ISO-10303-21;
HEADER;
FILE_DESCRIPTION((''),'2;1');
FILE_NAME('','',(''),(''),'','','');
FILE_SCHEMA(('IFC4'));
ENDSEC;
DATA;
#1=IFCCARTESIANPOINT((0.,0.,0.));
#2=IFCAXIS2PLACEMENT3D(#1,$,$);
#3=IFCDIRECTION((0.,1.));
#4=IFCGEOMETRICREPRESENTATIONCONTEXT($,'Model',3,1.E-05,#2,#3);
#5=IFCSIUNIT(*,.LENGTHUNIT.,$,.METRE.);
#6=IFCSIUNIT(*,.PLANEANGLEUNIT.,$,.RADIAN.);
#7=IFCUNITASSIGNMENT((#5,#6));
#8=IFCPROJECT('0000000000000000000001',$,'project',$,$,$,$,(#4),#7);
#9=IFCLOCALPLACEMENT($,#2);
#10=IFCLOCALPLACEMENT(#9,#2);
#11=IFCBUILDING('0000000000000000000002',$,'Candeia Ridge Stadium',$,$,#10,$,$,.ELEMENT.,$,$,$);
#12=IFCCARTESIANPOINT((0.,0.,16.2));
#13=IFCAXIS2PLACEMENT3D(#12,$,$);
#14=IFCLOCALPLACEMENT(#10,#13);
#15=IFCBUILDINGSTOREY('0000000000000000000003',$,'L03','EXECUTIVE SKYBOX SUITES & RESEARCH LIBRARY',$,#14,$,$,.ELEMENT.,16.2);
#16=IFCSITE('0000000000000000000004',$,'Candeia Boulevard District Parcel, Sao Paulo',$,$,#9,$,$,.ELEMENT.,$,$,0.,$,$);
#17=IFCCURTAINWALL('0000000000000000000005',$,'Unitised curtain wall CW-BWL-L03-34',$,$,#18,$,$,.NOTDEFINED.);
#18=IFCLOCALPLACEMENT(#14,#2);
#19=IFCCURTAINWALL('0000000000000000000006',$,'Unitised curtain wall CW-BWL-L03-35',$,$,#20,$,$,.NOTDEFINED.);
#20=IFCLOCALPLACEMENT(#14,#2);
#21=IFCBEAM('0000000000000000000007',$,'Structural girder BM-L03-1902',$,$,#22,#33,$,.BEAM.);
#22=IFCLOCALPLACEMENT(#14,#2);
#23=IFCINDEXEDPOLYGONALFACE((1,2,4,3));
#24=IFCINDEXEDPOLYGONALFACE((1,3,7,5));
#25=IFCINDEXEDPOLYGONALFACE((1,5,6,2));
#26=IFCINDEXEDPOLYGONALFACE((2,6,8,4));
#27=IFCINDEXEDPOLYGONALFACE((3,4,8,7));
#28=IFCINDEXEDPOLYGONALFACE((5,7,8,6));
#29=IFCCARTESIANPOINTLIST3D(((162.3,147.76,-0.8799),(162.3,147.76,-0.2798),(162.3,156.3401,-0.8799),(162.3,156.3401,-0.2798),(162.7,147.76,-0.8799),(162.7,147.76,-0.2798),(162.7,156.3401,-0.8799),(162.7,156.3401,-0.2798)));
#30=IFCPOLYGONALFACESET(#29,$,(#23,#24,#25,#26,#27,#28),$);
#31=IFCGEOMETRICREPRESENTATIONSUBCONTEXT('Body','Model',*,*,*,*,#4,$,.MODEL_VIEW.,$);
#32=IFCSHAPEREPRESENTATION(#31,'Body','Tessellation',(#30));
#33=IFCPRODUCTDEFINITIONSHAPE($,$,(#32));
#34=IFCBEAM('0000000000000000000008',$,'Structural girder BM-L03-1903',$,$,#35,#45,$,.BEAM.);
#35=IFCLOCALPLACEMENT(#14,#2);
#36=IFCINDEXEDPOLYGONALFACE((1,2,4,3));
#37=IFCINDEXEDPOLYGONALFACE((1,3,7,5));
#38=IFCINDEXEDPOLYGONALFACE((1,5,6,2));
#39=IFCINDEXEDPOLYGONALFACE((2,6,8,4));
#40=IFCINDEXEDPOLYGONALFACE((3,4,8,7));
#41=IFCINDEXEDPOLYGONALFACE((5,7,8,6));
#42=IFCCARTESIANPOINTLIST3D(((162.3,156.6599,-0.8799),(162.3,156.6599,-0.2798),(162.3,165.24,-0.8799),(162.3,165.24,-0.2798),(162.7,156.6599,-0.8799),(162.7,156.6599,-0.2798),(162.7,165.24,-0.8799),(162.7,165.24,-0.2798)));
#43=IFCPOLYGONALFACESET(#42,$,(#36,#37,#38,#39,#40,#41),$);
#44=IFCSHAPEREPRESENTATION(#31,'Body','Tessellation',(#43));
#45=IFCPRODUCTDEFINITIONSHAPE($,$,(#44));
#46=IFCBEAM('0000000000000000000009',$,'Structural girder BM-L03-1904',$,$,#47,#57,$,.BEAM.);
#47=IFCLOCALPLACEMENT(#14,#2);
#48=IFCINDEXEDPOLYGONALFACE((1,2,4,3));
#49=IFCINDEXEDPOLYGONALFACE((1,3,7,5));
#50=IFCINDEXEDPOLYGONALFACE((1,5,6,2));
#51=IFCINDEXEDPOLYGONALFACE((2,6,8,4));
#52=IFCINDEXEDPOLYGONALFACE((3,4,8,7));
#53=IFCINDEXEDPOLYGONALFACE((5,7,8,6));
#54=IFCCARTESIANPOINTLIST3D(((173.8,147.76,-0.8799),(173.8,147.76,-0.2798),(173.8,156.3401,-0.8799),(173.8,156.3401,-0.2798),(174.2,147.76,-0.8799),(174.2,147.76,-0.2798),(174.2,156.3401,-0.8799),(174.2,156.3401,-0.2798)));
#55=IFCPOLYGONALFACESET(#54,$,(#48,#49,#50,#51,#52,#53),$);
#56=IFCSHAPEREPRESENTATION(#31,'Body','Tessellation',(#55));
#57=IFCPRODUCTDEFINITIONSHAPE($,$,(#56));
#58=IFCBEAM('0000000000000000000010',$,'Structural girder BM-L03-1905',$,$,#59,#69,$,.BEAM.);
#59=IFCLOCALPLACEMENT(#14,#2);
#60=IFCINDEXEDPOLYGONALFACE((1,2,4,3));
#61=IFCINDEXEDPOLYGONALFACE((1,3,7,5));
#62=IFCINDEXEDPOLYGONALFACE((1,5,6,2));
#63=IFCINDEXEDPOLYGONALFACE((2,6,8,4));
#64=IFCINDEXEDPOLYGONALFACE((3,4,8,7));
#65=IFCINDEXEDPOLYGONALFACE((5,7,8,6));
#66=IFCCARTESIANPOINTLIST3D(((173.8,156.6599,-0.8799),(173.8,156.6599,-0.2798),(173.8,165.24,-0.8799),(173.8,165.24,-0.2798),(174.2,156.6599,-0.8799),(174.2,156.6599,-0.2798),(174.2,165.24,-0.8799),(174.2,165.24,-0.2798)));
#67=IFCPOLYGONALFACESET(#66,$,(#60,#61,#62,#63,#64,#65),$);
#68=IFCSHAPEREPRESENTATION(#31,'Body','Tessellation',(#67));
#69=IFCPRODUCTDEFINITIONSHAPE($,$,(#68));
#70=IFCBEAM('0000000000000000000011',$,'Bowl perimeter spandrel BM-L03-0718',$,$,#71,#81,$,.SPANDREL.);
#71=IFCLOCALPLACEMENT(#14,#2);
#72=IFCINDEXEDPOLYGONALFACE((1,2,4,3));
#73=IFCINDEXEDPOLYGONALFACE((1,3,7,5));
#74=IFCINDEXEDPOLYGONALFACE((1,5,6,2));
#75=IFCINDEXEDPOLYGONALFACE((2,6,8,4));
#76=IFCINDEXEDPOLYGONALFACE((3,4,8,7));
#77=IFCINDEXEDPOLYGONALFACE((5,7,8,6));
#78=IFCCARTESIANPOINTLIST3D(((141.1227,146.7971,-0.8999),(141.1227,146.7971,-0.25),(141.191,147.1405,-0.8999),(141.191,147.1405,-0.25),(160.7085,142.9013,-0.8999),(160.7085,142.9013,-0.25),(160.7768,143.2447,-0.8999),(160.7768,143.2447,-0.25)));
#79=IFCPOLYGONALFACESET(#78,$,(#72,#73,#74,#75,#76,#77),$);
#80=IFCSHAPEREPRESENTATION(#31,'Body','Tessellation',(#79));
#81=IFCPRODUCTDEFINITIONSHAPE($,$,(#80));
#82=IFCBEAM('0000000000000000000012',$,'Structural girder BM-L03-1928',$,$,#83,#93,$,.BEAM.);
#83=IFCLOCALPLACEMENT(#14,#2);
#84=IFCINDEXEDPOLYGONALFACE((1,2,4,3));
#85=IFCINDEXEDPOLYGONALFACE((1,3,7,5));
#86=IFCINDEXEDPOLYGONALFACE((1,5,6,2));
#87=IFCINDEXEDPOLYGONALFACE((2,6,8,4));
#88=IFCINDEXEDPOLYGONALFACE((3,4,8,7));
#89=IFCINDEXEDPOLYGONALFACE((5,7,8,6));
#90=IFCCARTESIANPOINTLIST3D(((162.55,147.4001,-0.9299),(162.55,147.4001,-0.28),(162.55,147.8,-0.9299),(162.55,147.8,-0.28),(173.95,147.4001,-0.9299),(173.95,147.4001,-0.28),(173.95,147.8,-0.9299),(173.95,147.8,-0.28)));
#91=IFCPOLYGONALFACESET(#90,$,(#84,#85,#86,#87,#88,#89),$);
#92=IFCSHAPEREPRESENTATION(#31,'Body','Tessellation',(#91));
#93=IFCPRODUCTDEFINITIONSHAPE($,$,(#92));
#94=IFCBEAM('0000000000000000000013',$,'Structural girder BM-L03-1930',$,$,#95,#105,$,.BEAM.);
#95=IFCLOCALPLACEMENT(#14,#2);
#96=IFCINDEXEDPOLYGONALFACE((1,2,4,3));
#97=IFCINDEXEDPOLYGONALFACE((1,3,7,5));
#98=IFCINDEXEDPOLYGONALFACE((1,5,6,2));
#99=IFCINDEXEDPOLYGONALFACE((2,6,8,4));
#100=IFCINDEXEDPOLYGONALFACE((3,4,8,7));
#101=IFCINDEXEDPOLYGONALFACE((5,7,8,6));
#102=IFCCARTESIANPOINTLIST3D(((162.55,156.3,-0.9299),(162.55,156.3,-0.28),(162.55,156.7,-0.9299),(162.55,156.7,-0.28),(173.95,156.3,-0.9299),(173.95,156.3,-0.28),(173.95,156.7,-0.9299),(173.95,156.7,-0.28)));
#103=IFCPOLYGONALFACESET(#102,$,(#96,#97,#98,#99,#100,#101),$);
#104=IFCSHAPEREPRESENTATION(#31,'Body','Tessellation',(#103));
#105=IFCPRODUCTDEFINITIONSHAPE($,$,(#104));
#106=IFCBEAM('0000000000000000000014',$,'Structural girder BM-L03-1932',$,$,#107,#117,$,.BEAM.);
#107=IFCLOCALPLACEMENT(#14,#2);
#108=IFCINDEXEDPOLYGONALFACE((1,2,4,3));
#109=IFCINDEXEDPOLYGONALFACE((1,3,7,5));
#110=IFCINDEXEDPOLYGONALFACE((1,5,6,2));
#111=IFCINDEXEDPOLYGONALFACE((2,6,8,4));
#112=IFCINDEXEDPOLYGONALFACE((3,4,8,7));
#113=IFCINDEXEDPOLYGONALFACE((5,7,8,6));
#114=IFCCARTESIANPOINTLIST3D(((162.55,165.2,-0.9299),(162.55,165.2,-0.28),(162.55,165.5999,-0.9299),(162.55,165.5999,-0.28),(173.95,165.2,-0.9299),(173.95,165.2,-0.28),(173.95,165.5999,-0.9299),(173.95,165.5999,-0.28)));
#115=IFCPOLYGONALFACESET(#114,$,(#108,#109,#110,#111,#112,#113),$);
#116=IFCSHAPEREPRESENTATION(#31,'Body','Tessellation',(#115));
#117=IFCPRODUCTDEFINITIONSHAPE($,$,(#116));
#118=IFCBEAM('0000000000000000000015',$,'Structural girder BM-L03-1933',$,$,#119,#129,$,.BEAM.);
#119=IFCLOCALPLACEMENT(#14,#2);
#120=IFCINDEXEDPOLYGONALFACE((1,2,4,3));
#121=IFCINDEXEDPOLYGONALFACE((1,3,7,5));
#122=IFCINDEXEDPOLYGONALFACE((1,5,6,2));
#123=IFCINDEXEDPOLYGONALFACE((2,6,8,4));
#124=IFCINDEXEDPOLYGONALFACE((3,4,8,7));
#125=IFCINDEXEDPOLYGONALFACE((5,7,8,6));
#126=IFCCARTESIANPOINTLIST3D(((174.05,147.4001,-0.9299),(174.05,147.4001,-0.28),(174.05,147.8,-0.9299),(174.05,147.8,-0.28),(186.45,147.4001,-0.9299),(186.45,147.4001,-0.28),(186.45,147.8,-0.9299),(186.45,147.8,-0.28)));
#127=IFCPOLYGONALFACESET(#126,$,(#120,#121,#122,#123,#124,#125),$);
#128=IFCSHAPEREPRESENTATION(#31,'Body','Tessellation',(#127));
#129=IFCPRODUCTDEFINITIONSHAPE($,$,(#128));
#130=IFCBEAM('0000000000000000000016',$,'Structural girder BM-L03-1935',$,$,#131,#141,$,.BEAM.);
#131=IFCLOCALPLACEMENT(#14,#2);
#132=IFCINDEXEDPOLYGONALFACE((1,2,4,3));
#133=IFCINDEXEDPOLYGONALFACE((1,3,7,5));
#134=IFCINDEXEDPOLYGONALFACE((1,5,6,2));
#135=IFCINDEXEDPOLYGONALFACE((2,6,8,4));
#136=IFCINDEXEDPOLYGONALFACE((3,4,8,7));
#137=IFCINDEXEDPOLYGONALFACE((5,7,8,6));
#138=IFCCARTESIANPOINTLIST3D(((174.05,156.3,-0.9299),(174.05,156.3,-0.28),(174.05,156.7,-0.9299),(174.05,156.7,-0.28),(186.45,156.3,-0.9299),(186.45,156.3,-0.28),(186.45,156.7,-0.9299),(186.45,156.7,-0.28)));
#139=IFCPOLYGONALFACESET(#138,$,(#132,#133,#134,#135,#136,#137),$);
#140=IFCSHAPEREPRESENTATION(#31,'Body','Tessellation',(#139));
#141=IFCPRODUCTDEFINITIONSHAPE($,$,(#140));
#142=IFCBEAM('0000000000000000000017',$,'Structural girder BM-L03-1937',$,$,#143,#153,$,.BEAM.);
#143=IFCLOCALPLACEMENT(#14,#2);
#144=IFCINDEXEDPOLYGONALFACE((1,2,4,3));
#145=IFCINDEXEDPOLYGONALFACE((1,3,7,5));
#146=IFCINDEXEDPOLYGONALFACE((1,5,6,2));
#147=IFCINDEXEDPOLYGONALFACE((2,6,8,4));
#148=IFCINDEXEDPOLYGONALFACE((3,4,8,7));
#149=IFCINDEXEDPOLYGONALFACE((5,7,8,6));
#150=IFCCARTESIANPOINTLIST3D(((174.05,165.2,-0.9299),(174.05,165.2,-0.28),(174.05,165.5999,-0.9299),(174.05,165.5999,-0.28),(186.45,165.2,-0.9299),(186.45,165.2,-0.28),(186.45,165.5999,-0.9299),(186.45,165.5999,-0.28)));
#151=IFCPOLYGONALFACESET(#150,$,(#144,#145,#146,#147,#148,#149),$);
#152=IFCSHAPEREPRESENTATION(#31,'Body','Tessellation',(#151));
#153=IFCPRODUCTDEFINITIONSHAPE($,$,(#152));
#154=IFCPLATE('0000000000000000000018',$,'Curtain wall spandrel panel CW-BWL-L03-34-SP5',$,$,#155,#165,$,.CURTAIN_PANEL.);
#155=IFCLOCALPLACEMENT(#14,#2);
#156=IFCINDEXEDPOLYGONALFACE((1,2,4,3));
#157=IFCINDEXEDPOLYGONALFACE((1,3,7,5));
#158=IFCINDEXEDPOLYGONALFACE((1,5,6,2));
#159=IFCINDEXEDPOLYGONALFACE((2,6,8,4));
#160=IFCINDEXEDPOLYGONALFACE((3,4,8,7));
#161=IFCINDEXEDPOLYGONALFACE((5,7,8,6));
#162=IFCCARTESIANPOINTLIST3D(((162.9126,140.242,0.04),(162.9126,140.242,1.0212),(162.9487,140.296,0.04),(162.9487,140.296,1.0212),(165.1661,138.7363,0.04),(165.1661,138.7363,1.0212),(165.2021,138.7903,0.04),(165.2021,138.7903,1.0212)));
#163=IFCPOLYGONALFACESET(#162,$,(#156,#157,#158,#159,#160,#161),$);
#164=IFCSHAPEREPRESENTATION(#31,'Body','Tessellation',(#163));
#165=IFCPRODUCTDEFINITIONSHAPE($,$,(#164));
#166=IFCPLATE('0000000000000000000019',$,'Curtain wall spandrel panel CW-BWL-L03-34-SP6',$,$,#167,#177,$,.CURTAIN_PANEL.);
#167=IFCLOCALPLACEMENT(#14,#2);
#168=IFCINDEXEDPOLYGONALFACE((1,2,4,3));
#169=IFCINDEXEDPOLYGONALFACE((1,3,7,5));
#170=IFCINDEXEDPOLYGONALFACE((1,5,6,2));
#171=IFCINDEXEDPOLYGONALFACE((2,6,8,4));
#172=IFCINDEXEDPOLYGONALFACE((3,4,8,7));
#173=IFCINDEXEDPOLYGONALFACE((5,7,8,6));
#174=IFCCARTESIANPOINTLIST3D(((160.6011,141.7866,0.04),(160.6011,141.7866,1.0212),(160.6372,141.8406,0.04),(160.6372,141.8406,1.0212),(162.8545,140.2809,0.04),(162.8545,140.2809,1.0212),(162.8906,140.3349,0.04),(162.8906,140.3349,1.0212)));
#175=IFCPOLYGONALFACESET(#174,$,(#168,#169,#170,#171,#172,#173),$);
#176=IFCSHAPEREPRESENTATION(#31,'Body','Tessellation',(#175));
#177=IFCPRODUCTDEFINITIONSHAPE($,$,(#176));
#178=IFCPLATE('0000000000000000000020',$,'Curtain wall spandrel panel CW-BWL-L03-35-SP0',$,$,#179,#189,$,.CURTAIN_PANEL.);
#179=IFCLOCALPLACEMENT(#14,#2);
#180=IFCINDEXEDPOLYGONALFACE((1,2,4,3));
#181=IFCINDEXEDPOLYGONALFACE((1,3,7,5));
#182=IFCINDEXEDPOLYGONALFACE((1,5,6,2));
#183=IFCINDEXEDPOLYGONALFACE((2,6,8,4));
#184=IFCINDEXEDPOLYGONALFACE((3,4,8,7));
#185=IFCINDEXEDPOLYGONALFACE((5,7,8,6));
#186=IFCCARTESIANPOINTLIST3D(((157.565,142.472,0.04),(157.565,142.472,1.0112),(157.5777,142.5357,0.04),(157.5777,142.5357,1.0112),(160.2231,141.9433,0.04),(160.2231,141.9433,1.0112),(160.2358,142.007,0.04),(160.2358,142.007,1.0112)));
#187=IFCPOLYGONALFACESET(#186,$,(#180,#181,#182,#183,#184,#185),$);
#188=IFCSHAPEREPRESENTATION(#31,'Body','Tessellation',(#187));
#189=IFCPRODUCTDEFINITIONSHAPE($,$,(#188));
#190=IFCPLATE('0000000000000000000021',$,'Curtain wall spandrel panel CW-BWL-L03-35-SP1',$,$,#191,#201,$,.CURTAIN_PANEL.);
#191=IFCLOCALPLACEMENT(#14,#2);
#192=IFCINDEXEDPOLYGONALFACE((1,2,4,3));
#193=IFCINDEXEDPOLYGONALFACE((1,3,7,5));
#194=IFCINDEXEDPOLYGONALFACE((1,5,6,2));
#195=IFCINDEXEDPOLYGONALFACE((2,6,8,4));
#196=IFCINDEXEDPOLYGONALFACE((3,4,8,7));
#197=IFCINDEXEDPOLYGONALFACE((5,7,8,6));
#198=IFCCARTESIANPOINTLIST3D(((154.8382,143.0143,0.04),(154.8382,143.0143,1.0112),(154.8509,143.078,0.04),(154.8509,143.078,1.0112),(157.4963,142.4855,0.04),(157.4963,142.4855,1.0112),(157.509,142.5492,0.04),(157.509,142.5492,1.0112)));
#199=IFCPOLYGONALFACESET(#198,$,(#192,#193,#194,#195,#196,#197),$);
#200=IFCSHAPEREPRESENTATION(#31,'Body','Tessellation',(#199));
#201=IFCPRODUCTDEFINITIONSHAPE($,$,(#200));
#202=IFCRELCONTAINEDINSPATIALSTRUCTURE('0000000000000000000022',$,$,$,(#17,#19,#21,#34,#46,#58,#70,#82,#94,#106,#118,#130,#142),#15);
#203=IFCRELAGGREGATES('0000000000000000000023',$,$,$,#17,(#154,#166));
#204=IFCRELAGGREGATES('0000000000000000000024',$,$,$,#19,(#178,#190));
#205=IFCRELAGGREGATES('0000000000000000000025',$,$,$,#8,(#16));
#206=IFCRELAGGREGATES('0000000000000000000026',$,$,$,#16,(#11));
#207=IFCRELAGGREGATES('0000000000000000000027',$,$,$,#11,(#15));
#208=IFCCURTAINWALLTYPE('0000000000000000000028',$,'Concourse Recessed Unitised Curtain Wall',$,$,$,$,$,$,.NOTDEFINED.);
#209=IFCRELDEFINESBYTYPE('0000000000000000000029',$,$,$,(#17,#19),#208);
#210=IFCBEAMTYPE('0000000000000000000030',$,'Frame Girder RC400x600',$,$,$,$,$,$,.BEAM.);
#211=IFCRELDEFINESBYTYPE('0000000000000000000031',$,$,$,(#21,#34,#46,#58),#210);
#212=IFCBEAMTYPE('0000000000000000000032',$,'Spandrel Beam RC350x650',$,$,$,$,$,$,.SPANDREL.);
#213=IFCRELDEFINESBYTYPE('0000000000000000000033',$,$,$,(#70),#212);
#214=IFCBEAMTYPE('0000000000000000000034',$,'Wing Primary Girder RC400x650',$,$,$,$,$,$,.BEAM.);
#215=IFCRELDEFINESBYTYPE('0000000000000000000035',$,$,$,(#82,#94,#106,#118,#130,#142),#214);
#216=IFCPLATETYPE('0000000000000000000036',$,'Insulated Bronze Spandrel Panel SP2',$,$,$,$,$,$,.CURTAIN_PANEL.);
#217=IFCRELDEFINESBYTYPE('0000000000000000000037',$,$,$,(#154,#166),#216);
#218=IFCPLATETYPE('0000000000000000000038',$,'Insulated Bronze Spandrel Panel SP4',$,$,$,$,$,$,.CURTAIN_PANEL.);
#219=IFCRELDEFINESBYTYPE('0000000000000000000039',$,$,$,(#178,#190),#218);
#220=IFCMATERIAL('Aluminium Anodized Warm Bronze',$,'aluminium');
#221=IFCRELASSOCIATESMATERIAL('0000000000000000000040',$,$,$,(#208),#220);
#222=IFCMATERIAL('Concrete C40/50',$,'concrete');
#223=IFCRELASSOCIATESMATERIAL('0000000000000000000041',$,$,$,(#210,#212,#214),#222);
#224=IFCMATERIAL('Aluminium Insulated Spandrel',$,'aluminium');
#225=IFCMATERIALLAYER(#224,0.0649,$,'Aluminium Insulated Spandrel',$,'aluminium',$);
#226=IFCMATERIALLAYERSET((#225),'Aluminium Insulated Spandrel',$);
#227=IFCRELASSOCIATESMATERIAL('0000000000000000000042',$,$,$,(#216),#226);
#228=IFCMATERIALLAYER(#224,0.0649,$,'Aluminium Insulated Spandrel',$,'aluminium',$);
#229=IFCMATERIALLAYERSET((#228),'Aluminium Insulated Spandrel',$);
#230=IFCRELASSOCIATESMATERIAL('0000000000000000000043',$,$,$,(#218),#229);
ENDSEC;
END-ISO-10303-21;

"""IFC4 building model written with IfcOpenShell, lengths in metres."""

from ifc_helpers import new_model, si_unit, direction, frame, origin, origin_2d, place, context, subcontext, project, spatial, rectangle, extrude, material, layer, layer_set, material_profile, profile_set, type_object, element, aggregate, save


model = new_model("IFC4")

# Units and contexts
model_context = context("Model", 3, precision=1e-05, world=origin(), true_north=direction((0.0, 1.0)))
body_context = subcontext(model_context, "Body", "Model", "MODEL_VIEW")
ifc_project = project(units=[si_unit("LENGTHUNIT", "METRE"), si_unit("PLANEANGLEUNIT", "RADIAN")], contexts=[model_context])

# Site, building, storey
site_placement = place(None, origin())
site = spatial("IfcSite", under=ifc_project, at=site_placement, Name="Candeia Boulevard District Parcel, Sao Paulo", CompositionType="ELEMENT", RefElevation=0.0)
building_placement = place(site_placement, origin())
building = spatial("IfcBuilding", under=site, at=building_placement, Name="Candeia Ridge Stadium", CompositionType="ELEMENT")
storey_placement = place(building_placement, frame((0.0, 0.0, 16.2)))
storey = spatial("IfcBuildingStorey", under=building, at=storey_placement, Name="L03", Description="EXECUTIVE SKYBOX SUITES & RESEARCH LIBRARY", CompositionType="ELEMENT", Elevation=16.2)

# Curtain walls
ifc_material_1 = material(Name="Aluminium Anodized Warm Bronze", Category="aluminium")
curtain_wall_type = type_object("IfcCurtainWallType", Name="Concourse Recessed Unitised Curtain Wall", PredefinedType="NOTDEFINED", material=ifc_material_1)
curtain_wall_1_placement = place(storey_placement, origin())
curtain_wall_1 = element("IfcCurtainWall", 1, at=curtain_wall_1_placement, inside=storey, type_object=curtain_wall_type, Name="Unitised curtain wall CW-BWL-L03-34", PredefinedType="NOTDEFINED")
curtain_wall_2_placement = place(storey_placement, origin())
curtain_wall_2 = element("IfcCurtainWall", 2, at=curtain_wall_2_placement, inside=storey, type_object=curtain_wall_type, Name="Unitised curtain wall CW-BWL-L03-35", PredefinedType="NOTDEFINED")

# Beams
ifc_material_2 = material(Name="Concrete C40/50", Category="concrete")
ifc_material_profile_1 = material_profile(ifc_material_2, rectangle(XDim=0.3999, YDim=0.6001, at=origin_2d()), Name="RC400x600", Category="concrete")
ifc_profile_set_1 = profile_set([ifc_material_profile_1], Name="Concrete C40/50")
beam_type_1 = type_object("IfcBeamType", Name="Frame Girder RC400x600", PredefinedType="BEAM", material=ifc_profile_set_1)
for number, where, z_axis, x_axis, name in (
    (3, (162.5, 147.76, -0.5798), (0.0, 1.0, 0.0), (-1.0, 0.0, 0.0), "Structural girder BM-L03-1902"),
    (4, (162.5, 156.6599, -0.5798), (0.0, 1.0, 0.0), (-1.0, 0.0, 0.0), "Structural girder BM-L03-1903"),
    (5, (174.0, 147.76, -0.5798), (0.0, 1.0, 0.0), (-1.0, 0.0, 0.0), "Structural girder BM-L03-1904"),
    (6, (174.0, 156.6599, -0.5798), (0.0, 1.0, 0.0), (-1.0, 0.0, 0.0), "Structural girder BM-L03-1905"),
):
    element("IfcBeam", number, at=place(storey_placement, frame(where, z_axis=z_axis, x_axis=x_axis)), inside=storey, type_object=beam_type_1, Name=name, PredefinedType="BEAM", context=body_context, shape_type="SweptSolid", body=[
        extrude(rectangle(XDim=0.3999, YDim=0.6001, at=origin_2d()), origin(), (0.0, 0.0, 1.0), 8.5801),
    ])
ifc_material_profile_2 = material_profile(ifc_material_2, rectangle(XDim=0.3501, YDim=0.6499, at=origin_2d()), Name="RC350x650", Category="concrete")
ifc_profile_set_2 = profile_set([ifc_material_profile_2], Name="Concrete C40/50")
beam_type_2 = type_object("IfcBeamType", Name="Spandrel Beam RC350x650", PredefinedType="SPANDREL", material=ifc_profile_set_2)
beam_1_placement = place(storey_placement, frame((160.7427, 143.073, -0.575), z_axis=(-0.980786, 0.195086, 0.0), x_axis=(-0.195086, -0.980786, 0.0)))
element("IfcBeam", 7, at=beam_1_placement, inside=storey, type_object=beam_type_2, Name="Bowl perimeter spandrel BM-L03-0718", PredefinedType="SPANDREL", context=body_context, shape_type="SweptSolid", body=[
    extrude(rectangle(XDim=0.3501, YDim=0.6499, at=origin_2d()), origin(), (0.0, 0.0, 1.0), 19.9695),
])
ifc_material_profile_3 = material_profile(ifc_material_2, rectangle(XDim=0.3999, YDim=0.6499, at=origin_2d()), Name="RC400x650", Category="concrete")
ifc_profile_set_3 = profile_set([ifc_material_profile_3], Name="Concrete C40/50")
beam_type_3 = type_object("IfcBeamType", Name="Wing Primary Girder RC400x650", PredefinedType="BEAM", material=ifc_profile_set_3)
for number, where, z_axis, x_axis, name in (
    (8, (162.55, 147.6001, -0.605), (1.0, 0.0, 0.0), (0.0, 1.0, 0.0), "Structural girder BM-L03-1928"),
    (9, (162.55, 156.5, -0.605), (1.0, 0.0, 0.0), (0.0, 1.0, 0.0), "Structural girder BM-L03-1930"),
    (10, (162.55, 165.3999, -0.605), (1.0, 0.0, 0.0), (0.0, 1.0, 0.0), "Structural girder BM-L03-1932"),
):
    element("IfcBeam", number, at=place(storey_placement, frame(where, z_axis=z_axis, x_axis=x_axis)), inside=storey, type_object=beam_type_3, Name=name, PredefinedType="BEAM", context=body_context, shape_type="SweptSolid", body=[
        extrude(rectangle(XDim=0.3999, YDim=0.6499, at=origin_2d()), origin(), (0.0, 0.0, 1.0), 11.3999),
    ])
for number, where, z_axis, x_axis, name in (
    (11, (174.05, 147.6001, -0.605), (1.0, 0.0, 0.0), (0.0, 1.0, 0.0), "Structural girder BM-L03-1933"),
    (12, (174.05, 156.5, -0.605), (1.0, 0.0, 0.0), (0.0, 1.0, 0.0), "Structural girder BM-L03-1935"),
    (13, (174.05, 165.3999, -0.605), (1.0, 0.0, 0.0), (0.0, 1.0, 0.0), "Structural girder BM-L03-1937"),
):
    element("IfcBeam", number, at=place(storey_placement, frame(where, z_axis=z_axis, x_axis=x_axis)), inside=storey, type_object=beam_type_3, Name=name, PredefinedType="BEAM", context=body_context, shape_type="SweptSolid", body=[
        extrude(rectangle(XDim=0.3999, YDim=0.6499, at=origin_2d()), origin(), (0.0, 0.0, 1.0), 12.3999),
    ])

# Plates
ifc_material_3 = material(Name="Aluminium Insulated Spandrel", Category="aluminium")
ifc_layer_1 = layer(ifc_material_3, 0.0649, Name="Aluminium Insulated Spandrel", Category="aluminium")
ifc_layer_set_1 = layer_set([ifc_layer_1], Name="Aluminium Insulated Spandrel")
plate_type_1 = type_object("IfcPlateType", Name="Insulated Bronze Spandrel Panel SP2", PredefinedType="CURTAIN_PANEL", material=ifc_layer_set_1)
plate_1_placement = place(storey_placement, frame((164.0574, 139.5161, 0.04), z_axis=(0.0, 0.0, 1.0), x_axis=(-0.831469, 0.555571, 0.0)))
plate_1 = element("IfcPlate", 14, at=plate_1_placement, type_object=plate_type_1, Name="Curtain wall spandrel panel CW-BWL-L03-34-SP5", PredefinedType="CURTAIN_PANEL", context=body_context, shape_type="SweptSolid", body=[
    extrude(rectangle(XDim=2.7102, YDim=0.0649, at=origin_2d()), origin(), (0.0, 0.0, 1.0), 0.9812),
])
plate_2_placement = place(storey_placement, frame((161.7458, 141.0608, 0.04), z_axis=(0.0, 0.0, 1.0), x_axis=(-0.831469, 0.555571, 0.0)))
plate_2 = element("IfcPlate", 15, at=plate_2_placement, type_object=plate_type_1, Name="Curtain wall spandrel panel CW-BWL-L03-34-SP6", PredefinedType="CURTAIN_PANEL", context=body_context, shape_type="SweptSolid", body=[
    extrude(rectangle(XDim=2.7102, YDim=0.0649, at=origin_2d()), origin(), (0.0, 0.0, 1.0), 0.9812),
])
ifc_layer_2 = layer(ifc_material_3, 0.0649, Name="Aluminium Insulated Spandrel", Category="aluminium")
ifc_layer_set_2 = layer_set([ifc_layer_2], Name="Aluminium Insulated Spandrel")
plate_type_2 = type_object("IfcPlateType", Name="Insulated Bronze Spandrel Panel SP4", PredefinedType="CURTAIN_PANEL", material=ifc_layer_set_2)
plate_3_placement = place(storey_placement, frame((158.9004, 142.2395, 0.04), z_axis=(0.0, 0.0, 1.0), x_axis=(-0.980785, 0.19509, 0.0)))
plate_3 = element("IfcPlate", 16, at=plate_3_placement, type_object=plate_type_2, Name="Curtain wall spandrel panel CW-BWL-L03-35-SP0", PredefinedType="CURTAIN_PANEL", context=body_context, shape_type="SweptSolid", body=[
    extrude(rectangle(XDim=2.7102, YDim=0.0649, at=origin_2d()), origin(), (0.0, 0.0, 1.0), 0.9712),
])
plate_4_placement = place(storey_placement, frame((156.1736, 142.7817, 0.04), z_axis=(0.0, 0.0, 1.0), x_axis=(-0.980785, 0.19509, 0.0)))
plate_4 = element("IfcPlate", 17, at=plate_4_placement, type_object=plate_type_2, Name="Curtain wall spandrel panel CW-BWL-L03-35-SP1", PredefinedType="CURTAIN_PANEL", context=body_context, shape_type="SweptSolid", body=[
    extrude(rectangle(XDim=2.7102, YDim=0.0649, at=origin_2d()), origin(), (0.0, 0.0, 1.0), 0.9712),
])
aggregate(curtain_wall_1, [plate_1, plate_2])
aggregate(curtain_wall_2, [plate_3, plate_4])

save(model, "model.ifc")
